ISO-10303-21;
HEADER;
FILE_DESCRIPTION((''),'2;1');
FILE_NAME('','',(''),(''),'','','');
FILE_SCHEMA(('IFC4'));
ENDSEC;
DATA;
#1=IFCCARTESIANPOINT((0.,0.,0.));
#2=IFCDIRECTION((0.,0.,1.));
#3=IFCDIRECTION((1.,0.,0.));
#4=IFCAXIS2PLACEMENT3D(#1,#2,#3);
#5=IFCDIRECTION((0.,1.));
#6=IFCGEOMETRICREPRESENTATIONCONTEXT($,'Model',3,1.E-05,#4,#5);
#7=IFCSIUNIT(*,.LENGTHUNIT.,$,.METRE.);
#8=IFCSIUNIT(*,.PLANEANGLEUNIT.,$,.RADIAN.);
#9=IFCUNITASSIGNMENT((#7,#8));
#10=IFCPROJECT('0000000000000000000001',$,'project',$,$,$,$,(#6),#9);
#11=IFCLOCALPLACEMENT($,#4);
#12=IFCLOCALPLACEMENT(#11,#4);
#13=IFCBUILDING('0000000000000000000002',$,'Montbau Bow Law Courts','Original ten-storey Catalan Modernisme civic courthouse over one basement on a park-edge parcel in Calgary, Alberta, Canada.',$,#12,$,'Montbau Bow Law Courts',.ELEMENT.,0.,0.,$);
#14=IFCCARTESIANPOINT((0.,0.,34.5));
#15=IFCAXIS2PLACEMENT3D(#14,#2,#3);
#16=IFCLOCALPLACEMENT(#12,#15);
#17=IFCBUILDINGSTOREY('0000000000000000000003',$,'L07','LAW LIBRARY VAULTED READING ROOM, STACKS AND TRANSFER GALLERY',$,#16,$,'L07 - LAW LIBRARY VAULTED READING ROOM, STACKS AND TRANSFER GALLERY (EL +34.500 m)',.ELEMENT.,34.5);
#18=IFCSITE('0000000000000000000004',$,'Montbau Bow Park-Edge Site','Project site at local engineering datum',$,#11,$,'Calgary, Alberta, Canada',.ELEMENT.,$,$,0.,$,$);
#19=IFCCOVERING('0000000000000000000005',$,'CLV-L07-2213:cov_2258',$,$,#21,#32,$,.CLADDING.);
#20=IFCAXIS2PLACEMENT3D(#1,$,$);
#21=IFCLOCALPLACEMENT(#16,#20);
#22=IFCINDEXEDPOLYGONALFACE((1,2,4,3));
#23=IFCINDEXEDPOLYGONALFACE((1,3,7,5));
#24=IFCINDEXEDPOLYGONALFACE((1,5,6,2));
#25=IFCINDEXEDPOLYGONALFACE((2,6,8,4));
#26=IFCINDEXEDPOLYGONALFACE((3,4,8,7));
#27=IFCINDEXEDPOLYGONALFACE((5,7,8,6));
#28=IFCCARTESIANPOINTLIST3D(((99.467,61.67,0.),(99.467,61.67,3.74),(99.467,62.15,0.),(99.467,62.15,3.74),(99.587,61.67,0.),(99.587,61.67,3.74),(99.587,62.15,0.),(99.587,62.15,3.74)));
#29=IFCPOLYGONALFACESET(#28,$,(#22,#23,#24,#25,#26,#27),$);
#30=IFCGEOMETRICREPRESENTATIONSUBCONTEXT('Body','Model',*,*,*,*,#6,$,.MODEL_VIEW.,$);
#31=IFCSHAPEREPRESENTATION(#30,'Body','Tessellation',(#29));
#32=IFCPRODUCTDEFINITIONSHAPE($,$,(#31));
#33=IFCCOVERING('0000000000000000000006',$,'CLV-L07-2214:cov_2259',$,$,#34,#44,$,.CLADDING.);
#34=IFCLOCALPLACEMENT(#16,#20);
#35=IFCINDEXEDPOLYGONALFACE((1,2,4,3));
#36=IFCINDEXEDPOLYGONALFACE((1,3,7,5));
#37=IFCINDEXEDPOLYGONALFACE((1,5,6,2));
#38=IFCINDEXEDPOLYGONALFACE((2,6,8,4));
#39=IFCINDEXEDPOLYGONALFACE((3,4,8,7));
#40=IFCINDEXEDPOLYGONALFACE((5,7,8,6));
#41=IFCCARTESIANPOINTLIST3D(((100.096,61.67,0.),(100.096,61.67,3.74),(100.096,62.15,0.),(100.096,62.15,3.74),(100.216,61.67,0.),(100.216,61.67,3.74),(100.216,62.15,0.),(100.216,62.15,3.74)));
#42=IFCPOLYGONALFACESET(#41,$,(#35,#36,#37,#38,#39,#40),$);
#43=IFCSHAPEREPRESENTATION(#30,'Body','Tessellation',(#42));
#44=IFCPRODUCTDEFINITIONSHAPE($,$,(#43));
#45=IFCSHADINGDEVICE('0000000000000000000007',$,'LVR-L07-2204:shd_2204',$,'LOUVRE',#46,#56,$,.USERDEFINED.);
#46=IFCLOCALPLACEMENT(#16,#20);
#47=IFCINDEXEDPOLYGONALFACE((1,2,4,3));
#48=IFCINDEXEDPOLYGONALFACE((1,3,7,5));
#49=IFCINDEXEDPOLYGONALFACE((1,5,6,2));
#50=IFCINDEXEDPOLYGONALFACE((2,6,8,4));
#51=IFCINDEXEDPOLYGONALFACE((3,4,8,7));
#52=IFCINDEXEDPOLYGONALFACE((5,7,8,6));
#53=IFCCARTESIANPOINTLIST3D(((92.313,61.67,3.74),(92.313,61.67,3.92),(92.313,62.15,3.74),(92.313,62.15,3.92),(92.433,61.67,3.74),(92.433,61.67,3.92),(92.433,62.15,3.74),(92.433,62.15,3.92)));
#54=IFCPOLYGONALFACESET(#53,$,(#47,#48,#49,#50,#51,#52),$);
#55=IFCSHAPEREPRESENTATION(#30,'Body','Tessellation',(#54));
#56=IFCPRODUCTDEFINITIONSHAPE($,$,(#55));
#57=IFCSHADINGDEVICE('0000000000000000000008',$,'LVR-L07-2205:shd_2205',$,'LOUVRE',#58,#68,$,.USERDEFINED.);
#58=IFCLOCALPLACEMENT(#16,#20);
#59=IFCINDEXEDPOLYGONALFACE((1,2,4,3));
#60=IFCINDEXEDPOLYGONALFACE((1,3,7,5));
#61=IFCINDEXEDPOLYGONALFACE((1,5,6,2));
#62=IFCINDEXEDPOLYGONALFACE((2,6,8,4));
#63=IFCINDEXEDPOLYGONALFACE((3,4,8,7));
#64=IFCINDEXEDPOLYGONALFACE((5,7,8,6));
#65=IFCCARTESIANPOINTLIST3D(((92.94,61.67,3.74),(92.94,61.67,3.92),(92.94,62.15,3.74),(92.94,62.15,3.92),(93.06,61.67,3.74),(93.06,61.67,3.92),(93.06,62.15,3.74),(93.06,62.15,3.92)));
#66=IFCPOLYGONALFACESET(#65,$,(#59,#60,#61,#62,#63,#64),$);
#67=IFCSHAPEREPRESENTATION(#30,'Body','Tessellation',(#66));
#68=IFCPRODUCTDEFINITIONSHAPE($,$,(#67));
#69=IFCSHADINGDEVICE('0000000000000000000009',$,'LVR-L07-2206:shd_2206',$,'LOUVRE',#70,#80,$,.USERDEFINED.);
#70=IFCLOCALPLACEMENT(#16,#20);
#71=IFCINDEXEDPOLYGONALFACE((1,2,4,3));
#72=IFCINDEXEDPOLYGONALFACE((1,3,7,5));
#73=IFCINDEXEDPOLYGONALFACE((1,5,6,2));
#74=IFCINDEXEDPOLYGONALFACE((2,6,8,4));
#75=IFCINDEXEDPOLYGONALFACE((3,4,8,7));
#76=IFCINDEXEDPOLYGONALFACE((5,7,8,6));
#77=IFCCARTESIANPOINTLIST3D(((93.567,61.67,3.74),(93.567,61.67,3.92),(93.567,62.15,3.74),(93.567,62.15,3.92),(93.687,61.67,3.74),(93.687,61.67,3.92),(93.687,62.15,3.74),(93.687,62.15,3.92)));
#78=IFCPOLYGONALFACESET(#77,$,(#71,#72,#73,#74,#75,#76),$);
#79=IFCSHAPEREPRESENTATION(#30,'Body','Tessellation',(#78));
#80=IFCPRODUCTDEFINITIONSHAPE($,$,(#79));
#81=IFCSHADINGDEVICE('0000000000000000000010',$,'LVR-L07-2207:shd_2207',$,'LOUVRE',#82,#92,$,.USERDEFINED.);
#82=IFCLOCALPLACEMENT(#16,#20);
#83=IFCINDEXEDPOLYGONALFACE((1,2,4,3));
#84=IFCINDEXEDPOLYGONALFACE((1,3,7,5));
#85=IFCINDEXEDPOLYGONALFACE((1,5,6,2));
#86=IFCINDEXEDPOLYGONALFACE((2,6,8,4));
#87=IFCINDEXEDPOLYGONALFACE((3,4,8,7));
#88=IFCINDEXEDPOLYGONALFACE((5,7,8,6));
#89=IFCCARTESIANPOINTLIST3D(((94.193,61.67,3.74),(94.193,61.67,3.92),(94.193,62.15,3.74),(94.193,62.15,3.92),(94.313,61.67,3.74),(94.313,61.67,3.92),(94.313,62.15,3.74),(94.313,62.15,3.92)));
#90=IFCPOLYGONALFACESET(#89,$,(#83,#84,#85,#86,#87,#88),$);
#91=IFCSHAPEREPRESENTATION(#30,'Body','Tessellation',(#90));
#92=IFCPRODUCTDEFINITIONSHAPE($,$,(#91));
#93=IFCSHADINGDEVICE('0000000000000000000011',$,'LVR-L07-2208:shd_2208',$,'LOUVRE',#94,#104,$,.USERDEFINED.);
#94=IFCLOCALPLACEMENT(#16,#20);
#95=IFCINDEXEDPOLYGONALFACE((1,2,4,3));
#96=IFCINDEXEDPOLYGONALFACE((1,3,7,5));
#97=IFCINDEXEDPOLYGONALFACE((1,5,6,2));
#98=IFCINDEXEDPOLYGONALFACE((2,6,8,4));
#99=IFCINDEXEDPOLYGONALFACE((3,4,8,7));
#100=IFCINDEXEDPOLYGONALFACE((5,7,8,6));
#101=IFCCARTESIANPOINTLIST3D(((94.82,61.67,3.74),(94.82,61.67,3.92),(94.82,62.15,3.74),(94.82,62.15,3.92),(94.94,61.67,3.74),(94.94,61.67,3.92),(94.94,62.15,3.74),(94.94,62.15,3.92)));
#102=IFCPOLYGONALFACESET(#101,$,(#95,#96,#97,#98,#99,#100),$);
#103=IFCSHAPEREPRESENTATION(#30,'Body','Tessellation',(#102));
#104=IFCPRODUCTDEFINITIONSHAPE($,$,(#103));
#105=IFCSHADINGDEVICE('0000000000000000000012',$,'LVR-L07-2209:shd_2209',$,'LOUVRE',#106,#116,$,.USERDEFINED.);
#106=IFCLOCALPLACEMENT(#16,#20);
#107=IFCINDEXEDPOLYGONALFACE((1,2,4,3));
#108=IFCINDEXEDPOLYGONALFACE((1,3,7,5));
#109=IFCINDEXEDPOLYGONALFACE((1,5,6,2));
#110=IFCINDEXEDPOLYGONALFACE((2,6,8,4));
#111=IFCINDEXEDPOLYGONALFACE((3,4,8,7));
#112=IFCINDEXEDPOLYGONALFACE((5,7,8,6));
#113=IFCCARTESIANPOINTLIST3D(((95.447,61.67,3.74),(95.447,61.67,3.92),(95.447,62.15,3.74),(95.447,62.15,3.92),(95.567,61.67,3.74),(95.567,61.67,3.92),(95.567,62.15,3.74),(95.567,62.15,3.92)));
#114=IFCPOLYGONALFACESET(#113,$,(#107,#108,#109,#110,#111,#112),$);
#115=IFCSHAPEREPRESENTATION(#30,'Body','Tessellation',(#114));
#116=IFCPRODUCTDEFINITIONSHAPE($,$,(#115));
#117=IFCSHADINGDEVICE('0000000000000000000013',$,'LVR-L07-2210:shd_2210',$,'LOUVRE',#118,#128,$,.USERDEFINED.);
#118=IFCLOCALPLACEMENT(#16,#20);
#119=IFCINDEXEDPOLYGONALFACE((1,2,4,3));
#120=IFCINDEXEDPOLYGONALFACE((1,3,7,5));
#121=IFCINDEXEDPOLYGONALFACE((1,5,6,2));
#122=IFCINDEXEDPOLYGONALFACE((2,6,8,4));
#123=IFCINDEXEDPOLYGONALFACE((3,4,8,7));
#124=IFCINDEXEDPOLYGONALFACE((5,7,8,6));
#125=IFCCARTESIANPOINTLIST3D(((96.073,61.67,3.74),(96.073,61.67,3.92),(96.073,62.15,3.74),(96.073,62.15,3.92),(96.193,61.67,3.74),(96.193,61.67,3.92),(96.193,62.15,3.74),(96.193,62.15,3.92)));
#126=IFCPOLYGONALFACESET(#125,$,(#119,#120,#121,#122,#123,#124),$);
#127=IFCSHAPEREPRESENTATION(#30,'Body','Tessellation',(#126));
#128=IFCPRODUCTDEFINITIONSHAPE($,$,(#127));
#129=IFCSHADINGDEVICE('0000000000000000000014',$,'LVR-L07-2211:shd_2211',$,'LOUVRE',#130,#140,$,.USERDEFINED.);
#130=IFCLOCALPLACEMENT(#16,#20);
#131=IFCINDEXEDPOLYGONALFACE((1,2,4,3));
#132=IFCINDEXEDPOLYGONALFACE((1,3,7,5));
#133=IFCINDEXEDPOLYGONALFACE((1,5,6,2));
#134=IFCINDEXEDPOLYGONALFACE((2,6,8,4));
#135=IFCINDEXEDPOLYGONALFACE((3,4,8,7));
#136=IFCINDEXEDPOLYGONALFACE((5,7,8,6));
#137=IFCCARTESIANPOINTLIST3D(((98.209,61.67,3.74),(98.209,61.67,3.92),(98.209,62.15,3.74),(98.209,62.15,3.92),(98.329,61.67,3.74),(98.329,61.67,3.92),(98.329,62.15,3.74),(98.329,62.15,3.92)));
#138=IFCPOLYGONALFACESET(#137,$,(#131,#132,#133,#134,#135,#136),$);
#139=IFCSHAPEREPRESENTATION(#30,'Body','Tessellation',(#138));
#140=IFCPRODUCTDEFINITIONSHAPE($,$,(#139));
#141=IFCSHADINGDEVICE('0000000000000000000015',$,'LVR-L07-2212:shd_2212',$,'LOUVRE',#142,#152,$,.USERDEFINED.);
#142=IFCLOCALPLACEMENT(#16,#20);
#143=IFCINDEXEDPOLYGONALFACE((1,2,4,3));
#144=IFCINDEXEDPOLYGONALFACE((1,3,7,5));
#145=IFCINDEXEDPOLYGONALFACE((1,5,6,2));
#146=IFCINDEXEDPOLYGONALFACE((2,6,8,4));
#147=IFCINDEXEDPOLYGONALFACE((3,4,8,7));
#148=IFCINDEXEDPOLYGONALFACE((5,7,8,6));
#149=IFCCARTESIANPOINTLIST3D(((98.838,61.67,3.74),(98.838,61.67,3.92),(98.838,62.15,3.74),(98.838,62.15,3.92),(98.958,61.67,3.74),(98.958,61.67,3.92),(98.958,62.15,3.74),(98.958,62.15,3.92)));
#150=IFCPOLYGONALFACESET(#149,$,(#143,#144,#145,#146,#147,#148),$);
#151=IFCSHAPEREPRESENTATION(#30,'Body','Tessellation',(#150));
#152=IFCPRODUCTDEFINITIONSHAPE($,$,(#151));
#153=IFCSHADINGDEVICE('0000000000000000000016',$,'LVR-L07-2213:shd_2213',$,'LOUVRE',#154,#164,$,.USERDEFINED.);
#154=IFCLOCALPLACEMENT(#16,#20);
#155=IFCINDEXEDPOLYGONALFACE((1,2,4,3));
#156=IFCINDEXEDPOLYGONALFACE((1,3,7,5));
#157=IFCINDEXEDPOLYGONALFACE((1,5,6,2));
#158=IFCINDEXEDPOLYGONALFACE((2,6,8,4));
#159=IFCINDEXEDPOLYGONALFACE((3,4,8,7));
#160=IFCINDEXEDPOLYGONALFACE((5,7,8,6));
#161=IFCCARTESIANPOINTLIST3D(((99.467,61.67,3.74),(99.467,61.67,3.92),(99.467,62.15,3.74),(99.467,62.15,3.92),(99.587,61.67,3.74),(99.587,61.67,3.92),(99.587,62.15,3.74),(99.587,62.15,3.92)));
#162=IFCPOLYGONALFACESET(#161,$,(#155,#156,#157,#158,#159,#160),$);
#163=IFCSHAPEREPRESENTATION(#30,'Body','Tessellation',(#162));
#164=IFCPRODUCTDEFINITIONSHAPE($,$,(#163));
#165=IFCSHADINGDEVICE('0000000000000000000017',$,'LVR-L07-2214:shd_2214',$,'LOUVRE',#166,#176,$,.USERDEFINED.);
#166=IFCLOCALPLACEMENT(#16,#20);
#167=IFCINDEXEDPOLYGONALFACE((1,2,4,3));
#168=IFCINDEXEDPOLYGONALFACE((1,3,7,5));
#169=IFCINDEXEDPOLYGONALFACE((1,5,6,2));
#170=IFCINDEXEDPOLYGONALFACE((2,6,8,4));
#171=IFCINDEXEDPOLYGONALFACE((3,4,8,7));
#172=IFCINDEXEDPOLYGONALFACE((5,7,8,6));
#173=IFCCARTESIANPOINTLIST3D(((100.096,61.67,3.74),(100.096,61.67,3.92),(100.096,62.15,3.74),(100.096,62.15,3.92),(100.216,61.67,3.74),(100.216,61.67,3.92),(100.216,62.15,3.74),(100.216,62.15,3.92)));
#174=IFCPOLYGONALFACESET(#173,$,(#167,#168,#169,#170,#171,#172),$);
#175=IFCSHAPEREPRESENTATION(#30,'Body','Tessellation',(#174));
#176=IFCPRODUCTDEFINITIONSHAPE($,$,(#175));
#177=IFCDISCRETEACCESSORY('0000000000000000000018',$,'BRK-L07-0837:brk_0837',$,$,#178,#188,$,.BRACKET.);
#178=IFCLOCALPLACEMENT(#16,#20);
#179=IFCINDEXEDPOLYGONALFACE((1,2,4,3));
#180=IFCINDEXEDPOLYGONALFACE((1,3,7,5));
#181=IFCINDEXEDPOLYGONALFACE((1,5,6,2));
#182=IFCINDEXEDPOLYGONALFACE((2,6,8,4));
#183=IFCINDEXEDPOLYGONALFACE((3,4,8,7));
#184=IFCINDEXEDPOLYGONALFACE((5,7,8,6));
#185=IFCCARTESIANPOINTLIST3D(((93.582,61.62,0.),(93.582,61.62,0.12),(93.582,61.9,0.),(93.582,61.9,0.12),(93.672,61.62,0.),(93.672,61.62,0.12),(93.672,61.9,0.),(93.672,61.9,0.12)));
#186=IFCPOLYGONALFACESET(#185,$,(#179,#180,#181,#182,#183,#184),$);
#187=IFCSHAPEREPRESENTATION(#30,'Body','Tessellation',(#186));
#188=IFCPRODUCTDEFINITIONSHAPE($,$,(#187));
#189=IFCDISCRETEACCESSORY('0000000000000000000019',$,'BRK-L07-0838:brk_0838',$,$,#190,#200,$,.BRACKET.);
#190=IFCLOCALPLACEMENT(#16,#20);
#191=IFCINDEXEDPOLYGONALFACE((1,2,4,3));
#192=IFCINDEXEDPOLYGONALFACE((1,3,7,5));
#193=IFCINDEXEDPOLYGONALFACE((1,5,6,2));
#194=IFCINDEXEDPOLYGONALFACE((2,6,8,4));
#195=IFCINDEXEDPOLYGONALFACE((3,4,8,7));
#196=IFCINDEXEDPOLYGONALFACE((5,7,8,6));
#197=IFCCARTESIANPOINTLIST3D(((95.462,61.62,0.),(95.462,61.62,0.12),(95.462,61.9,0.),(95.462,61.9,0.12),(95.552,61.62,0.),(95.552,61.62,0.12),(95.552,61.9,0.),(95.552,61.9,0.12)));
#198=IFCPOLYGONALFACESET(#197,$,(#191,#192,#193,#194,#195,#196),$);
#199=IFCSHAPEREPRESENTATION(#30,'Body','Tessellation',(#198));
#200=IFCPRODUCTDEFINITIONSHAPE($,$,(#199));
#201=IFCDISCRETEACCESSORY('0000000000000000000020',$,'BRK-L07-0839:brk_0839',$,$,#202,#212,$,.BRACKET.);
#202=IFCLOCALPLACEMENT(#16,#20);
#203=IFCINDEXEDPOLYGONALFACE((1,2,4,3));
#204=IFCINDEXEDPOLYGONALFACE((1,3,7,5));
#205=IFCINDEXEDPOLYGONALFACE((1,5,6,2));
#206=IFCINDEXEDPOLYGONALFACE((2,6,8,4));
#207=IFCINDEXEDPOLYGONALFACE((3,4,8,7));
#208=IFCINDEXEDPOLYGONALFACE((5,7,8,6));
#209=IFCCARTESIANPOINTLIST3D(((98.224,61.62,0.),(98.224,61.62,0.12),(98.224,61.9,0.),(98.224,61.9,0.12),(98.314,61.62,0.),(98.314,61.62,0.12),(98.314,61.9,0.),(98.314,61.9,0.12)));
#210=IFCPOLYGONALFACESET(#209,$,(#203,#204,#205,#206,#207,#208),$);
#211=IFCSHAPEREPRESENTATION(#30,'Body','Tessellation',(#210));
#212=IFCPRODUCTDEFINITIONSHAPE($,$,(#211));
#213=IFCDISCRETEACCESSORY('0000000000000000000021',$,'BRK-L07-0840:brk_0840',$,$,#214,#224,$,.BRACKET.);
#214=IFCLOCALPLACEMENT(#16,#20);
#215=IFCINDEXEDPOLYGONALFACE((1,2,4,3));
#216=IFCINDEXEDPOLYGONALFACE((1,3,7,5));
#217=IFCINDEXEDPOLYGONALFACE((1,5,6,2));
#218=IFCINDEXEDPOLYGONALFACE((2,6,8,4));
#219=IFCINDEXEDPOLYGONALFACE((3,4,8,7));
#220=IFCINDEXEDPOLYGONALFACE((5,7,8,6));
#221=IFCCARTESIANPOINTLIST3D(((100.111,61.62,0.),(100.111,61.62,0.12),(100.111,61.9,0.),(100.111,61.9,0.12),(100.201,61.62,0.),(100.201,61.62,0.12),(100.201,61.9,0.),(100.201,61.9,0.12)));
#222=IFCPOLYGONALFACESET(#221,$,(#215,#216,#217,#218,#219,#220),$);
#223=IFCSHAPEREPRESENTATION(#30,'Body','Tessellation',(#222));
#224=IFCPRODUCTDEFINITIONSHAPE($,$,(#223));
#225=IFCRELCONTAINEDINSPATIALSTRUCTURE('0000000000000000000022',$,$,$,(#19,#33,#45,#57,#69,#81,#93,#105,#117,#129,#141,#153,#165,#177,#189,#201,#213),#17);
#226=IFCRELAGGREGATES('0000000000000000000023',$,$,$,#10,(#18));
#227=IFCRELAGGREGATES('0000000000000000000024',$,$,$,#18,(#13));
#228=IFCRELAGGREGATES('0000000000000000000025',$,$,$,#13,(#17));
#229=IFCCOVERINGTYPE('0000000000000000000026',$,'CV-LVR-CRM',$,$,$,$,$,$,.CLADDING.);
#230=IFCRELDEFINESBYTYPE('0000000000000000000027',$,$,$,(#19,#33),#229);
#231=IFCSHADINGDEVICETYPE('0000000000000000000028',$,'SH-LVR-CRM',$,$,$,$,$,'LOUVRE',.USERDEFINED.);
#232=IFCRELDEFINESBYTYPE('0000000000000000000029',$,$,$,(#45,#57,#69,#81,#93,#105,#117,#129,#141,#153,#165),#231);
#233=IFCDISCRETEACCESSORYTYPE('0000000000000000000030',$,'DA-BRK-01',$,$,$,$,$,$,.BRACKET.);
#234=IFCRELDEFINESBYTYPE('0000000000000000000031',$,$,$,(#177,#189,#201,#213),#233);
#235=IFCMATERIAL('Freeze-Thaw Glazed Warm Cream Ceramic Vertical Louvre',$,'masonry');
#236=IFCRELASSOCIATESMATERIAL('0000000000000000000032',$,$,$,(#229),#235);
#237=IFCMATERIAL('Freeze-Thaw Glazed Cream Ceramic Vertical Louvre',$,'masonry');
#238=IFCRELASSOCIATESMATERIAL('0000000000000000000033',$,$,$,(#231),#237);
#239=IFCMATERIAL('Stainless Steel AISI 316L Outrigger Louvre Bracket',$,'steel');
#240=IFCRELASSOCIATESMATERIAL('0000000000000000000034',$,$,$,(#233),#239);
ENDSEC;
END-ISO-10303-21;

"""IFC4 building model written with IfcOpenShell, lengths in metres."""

from ifc_helpers import new_model, si_unit, direction, frame, frame_2d, origin_with_axes, origin_2d_with_axis, place, context, subcontext, project, spatial, rectangle, extrude, material, type_object, element, save


model = new_model("IFC4")

# Units and contexts
model_context = context("Model", 3, precision=1e-05, world=origin_with_axes(), true_north=direction((0.0, 1.0)))
body_context = subcontext(model_context, "Body", "Model", "MODEL_VIEW")
ifc_project = project(units=[si_unit("LENGTHUNIT", "METRE"), si_unit("PLANEANGLEUNIT", "RADIAN")], contexts=[model_context])

# Site, building, storey
site_placement = place(None, origin_with_axes())
site = spatial("IfcSite", under=ifc_project, at=site_placement, Name="Montbau Bow Park-Edge Site", Description="Project site at local engineering datum", LongName="Calgary, Alberta, Canada", CompositionType="ELEMENT", RefElevation=0.0)
building_placement = place(site_placement, origin_with_axes())
building = spatial("IfcBuilding", under=site, at=building_placement, Name="Montbau Bow Law Courts", Description="Original ten-storey Catalan Modernisme civic courthouse over one basement on a park-edge parcel in Calgary, Alberta, Canada.", LongName="Montbau Bow Law Courts", CompositionType="ELEMENT", ElevationOfRefHeight=0.0, ElevationOfTerrain=0.0)
storey_placement = place(building_placement, frame((0.0, 0.0, 34.5), z_axis=(0.0, 0.0, 1.0), x_axis=(1.0, 0.0, 0.0)))
storey = spatial("IfcBuildingStorey", under=building, at=storey_placement, Name="L07", Description="LAW LIBRARY VAULTED READING ROOM, STACKS AND TRANSFER GALLERY", LongName="L07 - LAW LIBRARY VAULTED READING ROOM, STACKS AND TRANSFER GALLERY (EL +34.500 m)", CompositionType="ELEMENT", Elevation=34.5)

# Coverings
ifc_material_1 = material(Name="Freeze-Thaw Glazed Warm Cream Ceramic Vertical Louvre", Category="masonry")
covering_type = type_object("IfcCoveringType", Name="CV-LVR-CRM", PredefinedType="CLADDING", material=ifc_material_1)
for number, where, z_axis, x_axis, name in (
    (1, (99.527, 61.67, 34.5), (1.0, 0.0, 0.0), (0.0, 1.0, 0.0), "CLV-L07-2213:cov_2258"),
    (2, (100.156, 61.67, 34.5), (1.0, 0.0, 0.0), (0.0, 1.0, 0.0), "CLV-L07-2214:cov_2259"),
):
    element("IfcCovering", number, at=place(None, frame(where, z_axis=z_axis, x_axis=x_axis)), inside=storey, type_object=covering_type, Name=name, PredefinedType="CLADDING", context=body_context, shape_type="SweptSolid", body=[
        extrude(rectangle(XDim=0.48, YDim=3.74, at=frame_2d((0.24, 1.87), x_axis=(1.0, 0.0))), frame((0.0, 0.0, -0.06), z_axis=(0.0, 0.0, 1.0), x_axis=(1.0, 0.0, 0.0)), (0.0, 0.0, 1.0), 0.12),
    ])

# Shading devices
ifc_material_2 = material(Name="Freeze-Thaw Glazed Cream Ceramic Vertical Louvre", Category="masonry")
shading_device_type = type_object("IfcShadingDeviceType", Name="SH-LVR-CRM", ElementType="LOUVRE", PredefinedType="USERDEFINED", material=ifc_material_2)
for number, where, z_axis, x_axis, name in (
    (3, (92.373, 61.91, 38.24), (0.0, 0.0, 1.0), (0.0, 1.0, 0.0), "LVR-L07-2204:shd_2204"),
    (4, (93.0, 61.91, 38.24), (0.0, 0.0, 1.0), (0.0, 1.0, 0.0), "LVR-L07-2205:shd_2205"),
    (5, (93.627, 61.91, 38.24), (0.0, 0.0, 1.0), (0.0, 1.0, 0.0), "LVR-L07-2206:shd_2206"),
    (6, (94.253, 61.91, 38.24), (0.0, 0.0, 1.0), (0.0, 1.0, 0.0), "LVR-L07-2207:shd_2207"),
    (7, (94.88, 61.91, 38.24), (0.0, 0.0, 1.0), (0.0, 1.0, 0.0), "LVR-L07-2208:shd_2208"),
    (8, (95.507, 61.91, 38.24), (0.0, 0.0, 1.0), (0.0, 1.0, 0.0), "LVR-L07-2209:shd_2209"),
    (9, (96.133, 61.91, 38.24), (0.0, 0.0, 1.0), (0.0, 1.0, 0.0), "LVR-L07-2210:shd_2210"),
    (10, (98.269, 61.91, 38.24), (0.0, 0.0, 1.0), (0.0, 1.0, 0.0), "LVR-L07-2211:shd_2211"),
    (11, (98.898, 61.91, 38.24), (0.0, 0.0, 1.0), (0.0, 1.0, 0.0), "LVR-L07-2212:shd_2212"),
    (12, (99.527, 61.91, 38.24), (0.0, 0.0, 1.0), (0.0, 1.0, 0.0), "LVR-L07-2213:shd_2213"),
    (13, (100.156, 61.91, 38.24), (0.0, 0.0, 1.0), (0.0, 1.0, 0.0), "LVR-L07-2214:shd_2214"),
):
    element("IfcShadingDevice", number, at=place(None, frame(where, z_axis=z_axis, x_axis=x_axis)), inside=storey, type_object=shading_device_type, Name=name, ObjectType="LOUVRE", PredefinedType="USERDEFINED", context=body_context, shape_type="SweptSolid", body=[
        extrude(rectangle(XDim=0.48, YDim=0.12, at=origin_2d_with_axis()), origin_with_axes(), (0.0, 0.0, 1.0), 0.18),
    ])

# Discrete accessories
ifc_material_3 = material(Name="Stainless Steel AISI 316L Outrigger Louvre Bracket", Category="steel")
discrete_accessory_type = type_object("IfcDiscreteAccessoryType", Name="DA-BRK-01", PredefinedType="BRACKET", material=ifc_material_3)
for number, where, z_axis, x_axis, name in (
    (14, (93.627, 61.76, 34.5), (0.0, 0.0, 1.0), (0.0, 1.0, 0.0), "BRK-L07-0837:brk_0837"),
    (15, (95.507, 61.76, 34.5), (0.0, 0.0, 1.0), (0.0, 1.0, 0.0), "BRK-L07-0838:brk_0838"),
    (16, (98.269, 61.76, 34.5), (0.0, 0.0, 1.0), (0.0, 1.0, 0.0), "BRK-L07-0839:brk_0839"),
    (17, (100.156, 61.76, 34.5), (0.0, 0.0, 1.0), (0.0, 1.0, 0.0), "BRK-L07-0840:brk_0840"),
):
    element("IfcDiscreteAccessory", number, at=place(None, frame(where, z_axis=z_axis, x_axis=x_axis)), inside=storey, type_object=discrete_accessory_type, Name=name, PredefinedType="BRACKET", context=body_context, shape_type="SweptSolid", body=[
        extrude(rectangle(XDim=0.28, YDim=0.09, at=origin_2d_with_axis()), origin_with_axes(), (0.0, 0.0, 1.0), 0.12),
    ])

save(model, "model.ifc")
